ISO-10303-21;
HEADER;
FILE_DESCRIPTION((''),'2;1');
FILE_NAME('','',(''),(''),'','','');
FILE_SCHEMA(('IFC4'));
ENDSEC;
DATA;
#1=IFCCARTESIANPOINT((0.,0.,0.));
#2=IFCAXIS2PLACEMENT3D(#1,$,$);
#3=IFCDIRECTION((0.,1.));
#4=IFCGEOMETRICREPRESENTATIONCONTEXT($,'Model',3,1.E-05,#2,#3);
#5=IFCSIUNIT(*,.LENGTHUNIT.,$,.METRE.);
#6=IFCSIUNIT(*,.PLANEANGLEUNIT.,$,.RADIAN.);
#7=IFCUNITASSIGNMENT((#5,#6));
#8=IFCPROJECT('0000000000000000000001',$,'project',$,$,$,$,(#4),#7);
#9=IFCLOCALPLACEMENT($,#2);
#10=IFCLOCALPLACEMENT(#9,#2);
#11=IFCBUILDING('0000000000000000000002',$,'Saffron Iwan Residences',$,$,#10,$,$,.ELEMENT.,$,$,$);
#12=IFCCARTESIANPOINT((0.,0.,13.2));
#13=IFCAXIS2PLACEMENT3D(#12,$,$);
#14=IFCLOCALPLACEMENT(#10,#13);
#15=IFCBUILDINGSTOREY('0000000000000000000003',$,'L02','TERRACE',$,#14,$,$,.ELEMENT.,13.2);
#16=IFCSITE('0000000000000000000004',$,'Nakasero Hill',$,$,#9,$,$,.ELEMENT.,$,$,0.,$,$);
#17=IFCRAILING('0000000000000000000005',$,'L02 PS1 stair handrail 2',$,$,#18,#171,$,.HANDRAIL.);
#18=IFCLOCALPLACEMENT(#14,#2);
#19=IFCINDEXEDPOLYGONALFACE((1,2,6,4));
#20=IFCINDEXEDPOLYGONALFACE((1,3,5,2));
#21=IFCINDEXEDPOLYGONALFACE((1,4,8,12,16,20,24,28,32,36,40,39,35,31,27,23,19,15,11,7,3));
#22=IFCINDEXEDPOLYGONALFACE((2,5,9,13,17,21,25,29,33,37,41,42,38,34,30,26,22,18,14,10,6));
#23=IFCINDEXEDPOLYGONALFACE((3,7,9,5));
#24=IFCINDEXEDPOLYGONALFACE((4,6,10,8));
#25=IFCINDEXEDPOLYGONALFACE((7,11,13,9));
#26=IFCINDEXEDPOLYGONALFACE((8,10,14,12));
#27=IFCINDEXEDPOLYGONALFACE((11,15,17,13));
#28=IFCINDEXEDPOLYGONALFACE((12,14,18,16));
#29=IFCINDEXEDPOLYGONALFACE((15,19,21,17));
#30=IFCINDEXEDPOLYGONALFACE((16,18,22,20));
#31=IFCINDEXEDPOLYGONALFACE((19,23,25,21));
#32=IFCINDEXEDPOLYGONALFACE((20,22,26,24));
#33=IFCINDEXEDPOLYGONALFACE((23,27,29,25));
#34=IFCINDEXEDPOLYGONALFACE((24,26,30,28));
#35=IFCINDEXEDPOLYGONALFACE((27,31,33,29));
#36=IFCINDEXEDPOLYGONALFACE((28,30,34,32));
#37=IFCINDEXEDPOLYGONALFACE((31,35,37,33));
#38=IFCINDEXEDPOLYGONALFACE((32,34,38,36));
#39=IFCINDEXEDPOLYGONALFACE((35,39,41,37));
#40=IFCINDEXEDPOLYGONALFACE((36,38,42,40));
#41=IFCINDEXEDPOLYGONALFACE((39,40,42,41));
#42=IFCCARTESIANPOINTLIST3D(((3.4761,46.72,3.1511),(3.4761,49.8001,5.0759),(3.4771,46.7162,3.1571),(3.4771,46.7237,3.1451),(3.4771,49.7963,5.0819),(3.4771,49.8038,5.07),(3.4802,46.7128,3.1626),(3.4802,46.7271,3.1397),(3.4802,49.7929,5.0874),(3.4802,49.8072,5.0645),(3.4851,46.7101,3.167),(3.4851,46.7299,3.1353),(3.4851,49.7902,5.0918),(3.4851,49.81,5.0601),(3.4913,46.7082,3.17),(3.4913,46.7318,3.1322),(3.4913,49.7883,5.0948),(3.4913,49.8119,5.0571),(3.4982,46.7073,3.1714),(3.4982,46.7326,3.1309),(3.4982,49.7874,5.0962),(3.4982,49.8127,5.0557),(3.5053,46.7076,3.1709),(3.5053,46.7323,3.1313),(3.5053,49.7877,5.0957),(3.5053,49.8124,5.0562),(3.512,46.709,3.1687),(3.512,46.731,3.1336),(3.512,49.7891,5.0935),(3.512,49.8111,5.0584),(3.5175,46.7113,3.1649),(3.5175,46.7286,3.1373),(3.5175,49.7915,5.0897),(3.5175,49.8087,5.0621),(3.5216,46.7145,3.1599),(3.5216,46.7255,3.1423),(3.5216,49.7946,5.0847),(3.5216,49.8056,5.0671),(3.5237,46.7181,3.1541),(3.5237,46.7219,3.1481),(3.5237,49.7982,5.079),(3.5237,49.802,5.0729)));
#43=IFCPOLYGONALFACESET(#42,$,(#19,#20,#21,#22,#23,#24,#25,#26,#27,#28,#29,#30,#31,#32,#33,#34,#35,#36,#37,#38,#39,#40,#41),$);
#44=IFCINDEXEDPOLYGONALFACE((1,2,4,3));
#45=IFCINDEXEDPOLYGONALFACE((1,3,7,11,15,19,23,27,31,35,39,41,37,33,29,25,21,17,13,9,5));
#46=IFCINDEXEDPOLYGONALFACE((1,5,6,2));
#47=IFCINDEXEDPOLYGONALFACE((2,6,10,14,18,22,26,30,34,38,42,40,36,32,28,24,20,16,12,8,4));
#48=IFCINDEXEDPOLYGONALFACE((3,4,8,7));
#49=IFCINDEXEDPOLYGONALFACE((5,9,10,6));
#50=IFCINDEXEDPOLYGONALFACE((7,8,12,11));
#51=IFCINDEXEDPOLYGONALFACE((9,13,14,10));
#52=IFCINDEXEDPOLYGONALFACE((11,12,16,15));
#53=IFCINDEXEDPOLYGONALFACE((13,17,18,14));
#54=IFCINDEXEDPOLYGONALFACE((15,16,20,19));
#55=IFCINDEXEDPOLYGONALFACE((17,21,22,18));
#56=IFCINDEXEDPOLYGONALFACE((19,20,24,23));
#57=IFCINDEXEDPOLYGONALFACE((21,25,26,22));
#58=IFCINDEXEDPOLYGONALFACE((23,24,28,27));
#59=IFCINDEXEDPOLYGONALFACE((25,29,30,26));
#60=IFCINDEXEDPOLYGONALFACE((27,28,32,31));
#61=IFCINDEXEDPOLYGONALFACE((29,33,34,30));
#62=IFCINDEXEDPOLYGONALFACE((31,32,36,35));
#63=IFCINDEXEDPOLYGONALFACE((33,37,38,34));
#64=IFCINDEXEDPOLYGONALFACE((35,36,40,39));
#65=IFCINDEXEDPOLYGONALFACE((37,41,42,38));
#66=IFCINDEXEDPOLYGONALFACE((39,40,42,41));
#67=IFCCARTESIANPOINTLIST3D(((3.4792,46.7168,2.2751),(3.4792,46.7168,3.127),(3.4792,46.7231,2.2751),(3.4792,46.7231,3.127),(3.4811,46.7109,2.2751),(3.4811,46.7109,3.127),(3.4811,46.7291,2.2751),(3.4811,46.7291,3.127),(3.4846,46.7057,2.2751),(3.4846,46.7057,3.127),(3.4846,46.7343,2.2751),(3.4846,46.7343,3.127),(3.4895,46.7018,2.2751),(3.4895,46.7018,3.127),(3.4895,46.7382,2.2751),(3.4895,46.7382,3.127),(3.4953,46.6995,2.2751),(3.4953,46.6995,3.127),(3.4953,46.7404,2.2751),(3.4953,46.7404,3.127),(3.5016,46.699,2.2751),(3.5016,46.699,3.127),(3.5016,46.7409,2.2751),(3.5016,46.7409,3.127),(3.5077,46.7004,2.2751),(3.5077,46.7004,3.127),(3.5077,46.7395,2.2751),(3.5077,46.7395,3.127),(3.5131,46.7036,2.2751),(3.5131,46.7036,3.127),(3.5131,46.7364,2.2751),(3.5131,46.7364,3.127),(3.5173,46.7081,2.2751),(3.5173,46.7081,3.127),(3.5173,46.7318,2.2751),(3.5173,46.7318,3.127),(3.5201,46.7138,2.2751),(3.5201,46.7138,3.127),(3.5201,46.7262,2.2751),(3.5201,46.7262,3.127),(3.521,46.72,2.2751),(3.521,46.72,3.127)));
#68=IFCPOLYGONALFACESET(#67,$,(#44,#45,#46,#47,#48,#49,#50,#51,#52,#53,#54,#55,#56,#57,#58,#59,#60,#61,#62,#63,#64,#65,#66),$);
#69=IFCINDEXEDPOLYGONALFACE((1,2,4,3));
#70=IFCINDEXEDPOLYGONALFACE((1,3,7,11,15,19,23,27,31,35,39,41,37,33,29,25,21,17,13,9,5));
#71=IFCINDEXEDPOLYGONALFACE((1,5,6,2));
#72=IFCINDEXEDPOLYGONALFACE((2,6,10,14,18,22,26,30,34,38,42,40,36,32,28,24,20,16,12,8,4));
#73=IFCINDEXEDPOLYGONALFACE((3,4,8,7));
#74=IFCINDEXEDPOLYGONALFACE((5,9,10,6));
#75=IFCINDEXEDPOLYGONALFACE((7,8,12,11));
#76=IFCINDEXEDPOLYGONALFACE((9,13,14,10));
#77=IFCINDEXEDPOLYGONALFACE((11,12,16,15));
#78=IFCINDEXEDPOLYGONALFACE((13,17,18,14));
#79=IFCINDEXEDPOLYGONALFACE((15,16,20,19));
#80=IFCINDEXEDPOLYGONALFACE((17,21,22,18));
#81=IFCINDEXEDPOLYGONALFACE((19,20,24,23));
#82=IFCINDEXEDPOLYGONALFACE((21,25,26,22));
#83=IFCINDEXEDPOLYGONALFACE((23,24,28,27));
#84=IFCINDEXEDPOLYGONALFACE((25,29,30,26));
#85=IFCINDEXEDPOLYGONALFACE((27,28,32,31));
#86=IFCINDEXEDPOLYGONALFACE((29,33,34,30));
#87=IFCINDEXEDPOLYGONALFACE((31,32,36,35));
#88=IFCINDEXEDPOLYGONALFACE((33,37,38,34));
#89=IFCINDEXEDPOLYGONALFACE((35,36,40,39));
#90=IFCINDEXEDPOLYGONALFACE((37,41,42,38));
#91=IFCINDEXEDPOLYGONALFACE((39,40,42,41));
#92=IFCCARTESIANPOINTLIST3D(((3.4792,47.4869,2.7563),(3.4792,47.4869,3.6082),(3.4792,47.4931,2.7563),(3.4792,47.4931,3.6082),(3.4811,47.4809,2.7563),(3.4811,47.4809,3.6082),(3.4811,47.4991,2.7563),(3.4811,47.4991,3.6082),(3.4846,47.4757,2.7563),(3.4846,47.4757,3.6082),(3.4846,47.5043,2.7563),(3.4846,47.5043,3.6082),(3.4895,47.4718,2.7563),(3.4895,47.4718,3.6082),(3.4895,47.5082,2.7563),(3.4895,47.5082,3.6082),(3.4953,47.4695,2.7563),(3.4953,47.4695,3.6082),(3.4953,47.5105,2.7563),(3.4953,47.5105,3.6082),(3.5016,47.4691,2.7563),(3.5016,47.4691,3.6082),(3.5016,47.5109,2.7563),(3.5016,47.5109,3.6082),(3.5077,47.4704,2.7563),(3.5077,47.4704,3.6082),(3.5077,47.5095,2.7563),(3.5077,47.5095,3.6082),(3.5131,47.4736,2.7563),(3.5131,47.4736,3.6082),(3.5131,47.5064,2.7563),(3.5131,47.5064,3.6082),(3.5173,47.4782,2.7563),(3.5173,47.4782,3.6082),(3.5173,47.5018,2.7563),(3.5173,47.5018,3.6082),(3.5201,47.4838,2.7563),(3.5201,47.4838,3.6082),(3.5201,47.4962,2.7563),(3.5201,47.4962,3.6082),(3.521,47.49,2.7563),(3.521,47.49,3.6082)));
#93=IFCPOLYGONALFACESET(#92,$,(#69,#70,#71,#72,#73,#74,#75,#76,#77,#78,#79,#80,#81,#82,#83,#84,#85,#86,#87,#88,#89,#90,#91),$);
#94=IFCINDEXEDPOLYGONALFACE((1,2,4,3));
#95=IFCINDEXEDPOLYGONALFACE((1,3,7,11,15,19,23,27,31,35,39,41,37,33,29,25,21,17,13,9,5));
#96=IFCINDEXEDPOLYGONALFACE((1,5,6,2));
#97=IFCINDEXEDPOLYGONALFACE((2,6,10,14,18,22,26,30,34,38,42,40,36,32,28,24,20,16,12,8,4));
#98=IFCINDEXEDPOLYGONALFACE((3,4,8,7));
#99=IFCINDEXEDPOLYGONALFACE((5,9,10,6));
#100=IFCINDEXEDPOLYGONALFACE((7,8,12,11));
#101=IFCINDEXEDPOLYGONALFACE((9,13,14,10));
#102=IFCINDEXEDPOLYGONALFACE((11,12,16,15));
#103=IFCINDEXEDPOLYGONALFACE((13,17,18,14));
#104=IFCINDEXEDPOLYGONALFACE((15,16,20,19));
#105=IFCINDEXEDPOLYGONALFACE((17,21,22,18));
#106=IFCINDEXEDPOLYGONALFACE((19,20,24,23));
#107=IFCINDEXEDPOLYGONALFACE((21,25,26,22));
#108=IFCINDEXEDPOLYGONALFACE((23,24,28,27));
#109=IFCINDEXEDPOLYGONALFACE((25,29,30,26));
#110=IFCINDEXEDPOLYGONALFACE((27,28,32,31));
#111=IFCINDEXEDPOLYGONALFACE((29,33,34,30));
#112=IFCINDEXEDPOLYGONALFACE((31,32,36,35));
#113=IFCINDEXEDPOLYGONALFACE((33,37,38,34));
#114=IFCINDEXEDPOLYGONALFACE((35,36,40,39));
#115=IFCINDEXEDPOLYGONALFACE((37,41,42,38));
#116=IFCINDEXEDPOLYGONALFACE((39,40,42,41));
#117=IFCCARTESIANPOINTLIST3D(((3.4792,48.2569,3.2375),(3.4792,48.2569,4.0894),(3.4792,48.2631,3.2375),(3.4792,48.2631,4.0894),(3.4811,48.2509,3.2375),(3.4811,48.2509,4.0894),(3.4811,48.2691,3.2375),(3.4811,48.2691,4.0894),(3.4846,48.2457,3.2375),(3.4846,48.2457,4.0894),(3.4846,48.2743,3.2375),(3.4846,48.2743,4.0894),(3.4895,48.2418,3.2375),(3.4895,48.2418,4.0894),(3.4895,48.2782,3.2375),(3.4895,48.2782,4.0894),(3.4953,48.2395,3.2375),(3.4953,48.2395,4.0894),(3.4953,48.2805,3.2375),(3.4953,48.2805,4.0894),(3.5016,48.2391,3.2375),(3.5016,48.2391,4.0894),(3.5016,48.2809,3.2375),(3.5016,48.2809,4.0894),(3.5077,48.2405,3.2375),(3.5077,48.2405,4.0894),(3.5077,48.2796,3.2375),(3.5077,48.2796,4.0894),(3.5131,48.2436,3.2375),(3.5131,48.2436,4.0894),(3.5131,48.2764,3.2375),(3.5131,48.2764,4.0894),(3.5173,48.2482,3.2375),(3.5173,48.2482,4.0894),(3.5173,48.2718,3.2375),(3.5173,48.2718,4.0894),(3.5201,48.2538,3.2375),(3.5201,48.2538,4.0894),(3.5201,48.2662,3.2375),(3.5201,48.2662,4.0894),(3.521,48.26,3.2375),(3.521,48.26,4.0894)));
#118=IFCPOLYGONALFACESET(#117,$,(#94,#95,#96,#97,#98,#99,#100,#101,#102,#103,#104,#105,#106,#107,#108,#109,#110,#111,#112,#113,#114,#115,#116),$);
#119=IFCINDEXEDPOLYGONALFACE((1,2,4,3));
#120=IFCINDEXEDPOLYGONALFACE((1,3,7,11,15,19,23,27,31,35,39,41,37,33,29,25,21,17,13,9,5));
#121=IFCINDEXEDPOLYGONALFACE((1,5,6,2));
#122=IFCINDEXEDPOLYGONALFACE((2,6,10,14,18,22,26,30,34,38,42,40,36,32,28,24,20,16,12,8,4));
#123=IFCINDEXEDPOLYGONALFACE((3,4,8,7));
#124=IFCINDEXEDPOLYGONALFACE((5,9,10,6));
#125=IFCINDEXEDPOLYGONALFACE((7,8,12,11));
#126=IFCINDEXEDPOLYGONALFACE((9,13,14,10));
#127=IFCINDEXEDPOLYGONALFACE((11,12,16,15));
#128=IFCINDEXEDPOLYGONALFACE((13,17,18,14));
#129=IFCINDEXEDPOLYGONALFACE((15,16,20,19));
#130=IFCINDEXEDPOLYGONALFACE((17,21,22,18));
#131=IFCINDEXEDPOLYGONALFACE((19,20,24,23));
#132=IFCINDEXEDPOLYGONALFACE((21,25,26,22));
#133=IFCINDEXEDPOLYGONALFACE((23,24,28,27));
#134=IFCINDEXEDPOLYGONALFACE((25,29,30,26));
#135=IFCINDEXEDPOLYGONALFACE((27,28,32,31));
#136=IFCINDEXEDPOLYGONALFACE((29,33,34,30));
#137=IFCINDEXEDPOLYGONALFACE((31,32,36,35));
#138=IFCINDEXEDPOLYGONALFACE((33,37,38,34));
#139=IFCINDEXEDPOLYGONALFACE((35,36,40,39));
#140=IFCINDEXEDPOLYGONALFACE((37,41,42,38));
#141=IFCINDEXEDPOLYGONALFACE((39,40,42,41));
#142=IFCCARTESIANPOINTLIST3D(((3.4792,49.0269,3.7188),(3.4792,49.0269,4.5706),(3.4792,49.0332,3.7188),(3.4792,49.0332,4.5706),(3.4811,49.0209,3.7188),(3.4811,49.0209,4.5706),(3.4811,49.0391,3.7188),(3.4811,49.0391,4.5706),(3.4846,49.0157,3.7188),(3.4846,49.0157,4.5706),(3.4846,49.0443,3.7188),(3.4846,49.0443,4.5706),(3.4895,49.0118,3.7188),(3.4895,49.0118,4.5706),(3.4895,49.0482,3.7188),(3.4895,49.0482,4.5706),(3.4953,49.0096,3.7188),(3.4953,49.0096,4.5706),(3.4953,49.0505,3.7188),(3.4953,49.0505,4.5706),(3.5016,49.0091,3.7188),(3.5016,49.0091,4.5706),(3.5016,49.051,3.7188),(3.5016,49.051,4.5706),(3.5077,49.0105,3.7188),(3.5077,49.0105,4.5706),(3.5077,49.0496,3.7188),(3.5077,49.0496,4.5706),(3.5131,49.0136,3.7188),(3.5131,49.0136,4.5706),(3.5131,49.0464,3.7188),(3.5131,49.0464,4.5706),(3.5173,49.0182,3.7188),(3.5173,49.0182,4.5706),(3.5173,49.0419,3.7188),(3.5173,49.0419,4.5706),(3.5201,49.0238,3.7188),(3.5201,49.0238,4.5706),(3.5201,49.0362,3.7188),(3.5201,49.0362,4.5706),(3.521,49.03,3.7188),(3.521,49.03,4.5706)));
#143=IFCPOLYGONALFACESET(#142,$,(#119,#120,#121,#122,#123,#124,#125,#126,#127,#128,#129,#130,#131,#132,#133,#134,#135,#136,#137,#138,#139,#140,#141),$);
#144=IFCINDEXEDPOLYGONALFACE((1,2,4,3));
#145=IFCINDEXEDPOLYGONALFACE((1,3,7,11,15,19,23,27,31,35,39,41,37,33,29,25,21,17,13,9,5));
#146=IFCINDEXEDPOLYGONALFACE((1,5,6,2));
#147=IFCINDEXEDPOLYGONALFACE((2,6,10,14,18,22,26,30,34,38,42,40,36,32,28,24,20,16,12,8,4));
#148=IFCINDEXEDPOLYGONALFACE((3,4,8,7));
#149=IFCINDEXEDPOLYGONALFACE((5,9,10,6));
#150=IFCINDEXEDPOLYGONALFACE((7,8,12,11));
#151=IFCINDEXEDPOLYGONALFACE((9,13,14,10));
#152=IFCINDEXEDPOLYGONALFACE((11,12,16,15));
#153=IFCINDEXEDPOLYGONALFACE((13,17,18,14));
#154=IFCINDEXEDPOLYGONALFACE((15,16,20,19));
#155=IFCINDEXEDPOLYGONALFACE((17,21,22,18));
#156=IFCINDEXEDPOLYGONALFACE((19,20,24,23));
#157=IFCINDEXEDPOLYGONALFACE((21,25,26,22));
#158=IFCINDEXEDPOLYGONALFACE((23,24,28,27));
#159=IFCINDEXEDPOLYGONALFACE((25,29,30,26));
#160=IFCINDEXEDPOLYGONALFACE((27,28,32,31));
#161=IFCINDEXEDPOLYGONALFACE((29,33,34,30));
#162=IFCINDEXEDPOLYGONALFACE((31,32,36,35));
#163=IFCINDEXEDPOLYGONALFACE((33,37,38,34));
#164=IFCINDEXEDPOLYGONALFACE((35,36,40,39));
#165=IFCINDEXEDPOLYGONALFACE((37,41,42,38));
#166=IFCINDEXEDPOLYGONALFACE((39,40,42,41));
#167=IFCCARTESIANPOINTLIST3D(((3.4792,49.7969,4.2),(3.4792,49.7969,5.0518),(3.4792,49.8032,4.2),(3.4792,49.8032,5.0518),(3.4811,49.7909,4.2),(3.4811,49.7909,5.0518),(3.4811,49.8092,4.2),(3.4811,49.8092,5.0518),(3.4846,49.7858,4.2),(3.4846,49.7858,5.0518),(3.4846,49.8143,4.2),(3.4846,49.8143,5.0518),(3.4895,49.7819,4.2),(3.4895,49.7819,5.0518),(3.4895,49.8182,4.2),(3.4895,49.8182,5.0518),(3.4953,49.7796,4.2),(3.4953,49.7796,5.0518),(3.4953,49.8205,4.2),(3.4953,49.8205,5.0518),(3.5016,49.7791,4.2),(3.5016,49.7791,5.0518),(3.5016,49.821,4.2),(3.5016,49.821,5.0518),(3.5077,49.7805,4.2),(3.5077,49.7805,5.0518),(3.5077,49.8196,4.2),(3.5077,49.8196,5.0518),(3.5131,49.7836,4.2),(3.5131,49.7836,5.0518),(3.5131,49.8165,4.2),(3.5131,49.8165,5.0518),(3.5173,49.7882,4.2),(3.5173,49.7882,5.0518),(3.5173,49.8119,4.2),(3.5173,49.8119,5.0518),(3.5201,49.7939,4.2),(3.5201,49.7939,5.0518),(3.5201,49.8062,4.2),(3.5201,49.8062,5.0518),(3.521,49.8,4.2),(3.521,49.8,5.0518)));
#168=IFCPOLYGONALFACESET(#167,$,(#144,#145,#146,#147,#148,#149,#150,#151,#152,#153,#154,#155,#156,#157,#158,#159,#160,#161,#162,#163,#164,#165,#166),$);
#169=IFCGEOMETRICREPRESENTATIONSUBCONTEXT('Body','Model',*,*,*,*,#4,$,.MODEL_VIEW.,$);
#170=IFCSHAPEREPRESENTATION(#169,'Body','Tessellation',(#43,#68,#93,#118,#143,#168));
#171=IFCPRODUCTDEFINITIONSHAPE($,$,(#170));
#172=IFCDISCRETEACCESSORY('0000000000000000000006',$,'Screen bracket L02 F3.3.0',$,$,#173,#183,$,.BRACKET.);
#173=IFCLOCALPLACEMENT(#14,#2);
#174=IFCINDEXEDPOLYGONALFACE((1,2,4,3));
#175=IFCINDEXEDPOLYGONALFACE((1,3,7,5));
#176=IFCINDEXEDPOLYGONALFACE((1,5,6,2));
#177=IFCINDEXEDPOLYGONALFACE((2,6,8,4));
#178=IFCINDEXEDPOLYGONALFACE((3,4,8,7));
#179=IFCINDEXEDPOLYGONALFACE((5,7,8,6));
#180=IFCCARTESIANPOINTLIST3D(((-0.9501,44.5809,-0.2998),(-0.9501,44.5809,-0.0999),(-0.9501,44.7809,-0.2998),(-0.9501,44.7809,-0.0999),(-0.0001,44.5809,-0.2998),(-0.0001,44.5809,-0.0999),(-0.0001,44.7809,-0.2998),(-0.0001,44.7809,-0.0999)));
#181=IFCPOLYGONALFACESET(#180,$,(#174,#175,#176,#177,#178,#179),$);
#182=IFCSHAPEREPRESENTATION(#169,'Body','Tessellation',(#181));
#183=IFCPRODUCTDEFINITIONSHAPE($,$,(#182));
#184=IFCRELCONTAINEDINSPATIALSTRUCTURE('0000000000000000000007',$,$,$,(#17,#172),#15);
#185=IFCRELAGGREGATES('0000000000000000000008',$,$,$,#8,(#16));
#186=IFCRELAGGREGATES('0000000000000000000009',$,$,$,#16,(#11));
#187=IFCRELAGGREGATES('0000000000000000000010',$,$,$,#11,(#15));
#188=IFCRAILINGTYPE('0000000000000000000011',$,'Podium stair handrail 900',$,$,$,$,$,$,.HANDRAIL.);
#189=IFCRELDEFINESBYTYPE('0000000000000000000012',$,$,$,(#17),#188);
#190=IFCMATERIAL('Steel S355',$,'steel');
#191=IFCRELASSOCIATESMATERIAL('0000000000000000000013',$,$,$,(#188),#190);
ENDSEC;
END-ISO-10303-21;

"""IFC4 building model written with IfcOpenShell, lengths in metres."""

from ifc_helpers import new_model, si_unit, direction, frame, origin, origin_2d, place, context, subcontext, project, spatial, rectangle, circle, extrude, source, transform, mapped, material, type_object, element, save


model = new_model("IFC4")

# Units and contexts
model_context = context("Model", 3, precision=1e-05, world=origin(), true_north=direction((0.0, 1.0)))
body_context = subcontext(model_context, "Body", "Model", "MODEL_VIEW")
ifc_project = project(units=[si_unit("LENGTHUNIT", "METRE"), si_unit("PLANEANGLEUNIT", "RADIAN")], contexts=[model_context])

# Site, building, storey
site_placement = place(None, origin())
site = spatial("IfcSite", under=ifc_project, at=site_placement, Name="Nakasero Hill", CompositionType="ELEMENT", RefElevation=0.0)
building_placement = place(site_placement, origin())
building = spatial("IfcBuilding", under=site, at=building_placement, Name="Saffron Iwan Residences", CompositionType="ELEMENT")
storey_placement = place(building_placement, frame((0.0, 0.0, 13.2)))
storey = spatial("IfcBuildingStorey", under=building, at=storey_placement, Name="L02", Description="TERRACE", CompositionType="ELEMENT", Elevation=13.2)

# Railing
ifc_material_1 = material(Name="Steel S355", Category="steel")
railing_type_1 = type_object("IfcRailingType", Name="Podium stair handrail 900", PredefinedType="HANDRAIL", material=ifc_material_1)
railing_1_placement = place(storey_placement, frame((3.5, 46.72, 2.2751)))
element("IfcRailing", 1, at=railing_1_placement, inside=storey, type_object=railing_type_1, Name="L02 PS1 stair handrail 2", PredefinedType="HANDRAIL", context=body_context, shape_type="SweptSolid", body=[
    extrude(circle(Radius=0.0239, at=origin_2d()), frame((0.0, 0.0, 0.876), z_axis=(0.0, 0.848029, 0.529951), x_axis=(-1.0, 0.0, 0.0)), (0.0, 0.0, 1.0), 3.6321),
    extrude(circle(Radius=0.021, at=origin_2d()), origin(), (0.0, 0.0, 1.0), 0.8518),
    extrude(circle(Radius=0.021, at=origin_2d()), frame((0.0, 0.77, 0.4812)), (0.0, 0.0, 1.0), 0.8518),
    extrude(circle(Radius=0.021, at=origin_2d()), frame((0.0, 1.54, 0.9624)), (0.0, 0.0, 1.0), 0.8518),
    extrude(circle(Radius=0.021, at=origin_2d()), frame((0.0, 2.3101, 1.4436)), (0.0, 0.0, 1.0), 0.8518),
    extrude(circle(Radius=0.021, at=origin_2d()), frame((0.0, 3.0801, 1.9248)), (0.0, 0.0, 1.0), 0.8518),
])

# Discrete accessory
shared_shape_1 = source(origin(), body_context, "Body", "SweptSolid", [
    extrude(rectangle(XDim=0.95, YDim=0.2, at=origin_2d()), origin(), (0.0, 0.0, 1.0), 0.2),
])
discrete_accessory_placement = place(storey_placement, frame((-0.4751, 44.6809, -0.2998), z_axis=(0.0, 0.0, 1.0), x_axis=(-1.0, 0.0, 0.0)))
element("IfcDiscreteAccessory", 2, at=discrete_accessory_placement, inside=storey, Name="Screen bracket L02 F3.3.0", PredefinedType="BRACKET", context=body_context, shape_type="MappedRepresentation", body=[
    mapped(shared_shape_1, transform((0.0, 0.0, 0.0))),
])

save(model, "model.ifc")
